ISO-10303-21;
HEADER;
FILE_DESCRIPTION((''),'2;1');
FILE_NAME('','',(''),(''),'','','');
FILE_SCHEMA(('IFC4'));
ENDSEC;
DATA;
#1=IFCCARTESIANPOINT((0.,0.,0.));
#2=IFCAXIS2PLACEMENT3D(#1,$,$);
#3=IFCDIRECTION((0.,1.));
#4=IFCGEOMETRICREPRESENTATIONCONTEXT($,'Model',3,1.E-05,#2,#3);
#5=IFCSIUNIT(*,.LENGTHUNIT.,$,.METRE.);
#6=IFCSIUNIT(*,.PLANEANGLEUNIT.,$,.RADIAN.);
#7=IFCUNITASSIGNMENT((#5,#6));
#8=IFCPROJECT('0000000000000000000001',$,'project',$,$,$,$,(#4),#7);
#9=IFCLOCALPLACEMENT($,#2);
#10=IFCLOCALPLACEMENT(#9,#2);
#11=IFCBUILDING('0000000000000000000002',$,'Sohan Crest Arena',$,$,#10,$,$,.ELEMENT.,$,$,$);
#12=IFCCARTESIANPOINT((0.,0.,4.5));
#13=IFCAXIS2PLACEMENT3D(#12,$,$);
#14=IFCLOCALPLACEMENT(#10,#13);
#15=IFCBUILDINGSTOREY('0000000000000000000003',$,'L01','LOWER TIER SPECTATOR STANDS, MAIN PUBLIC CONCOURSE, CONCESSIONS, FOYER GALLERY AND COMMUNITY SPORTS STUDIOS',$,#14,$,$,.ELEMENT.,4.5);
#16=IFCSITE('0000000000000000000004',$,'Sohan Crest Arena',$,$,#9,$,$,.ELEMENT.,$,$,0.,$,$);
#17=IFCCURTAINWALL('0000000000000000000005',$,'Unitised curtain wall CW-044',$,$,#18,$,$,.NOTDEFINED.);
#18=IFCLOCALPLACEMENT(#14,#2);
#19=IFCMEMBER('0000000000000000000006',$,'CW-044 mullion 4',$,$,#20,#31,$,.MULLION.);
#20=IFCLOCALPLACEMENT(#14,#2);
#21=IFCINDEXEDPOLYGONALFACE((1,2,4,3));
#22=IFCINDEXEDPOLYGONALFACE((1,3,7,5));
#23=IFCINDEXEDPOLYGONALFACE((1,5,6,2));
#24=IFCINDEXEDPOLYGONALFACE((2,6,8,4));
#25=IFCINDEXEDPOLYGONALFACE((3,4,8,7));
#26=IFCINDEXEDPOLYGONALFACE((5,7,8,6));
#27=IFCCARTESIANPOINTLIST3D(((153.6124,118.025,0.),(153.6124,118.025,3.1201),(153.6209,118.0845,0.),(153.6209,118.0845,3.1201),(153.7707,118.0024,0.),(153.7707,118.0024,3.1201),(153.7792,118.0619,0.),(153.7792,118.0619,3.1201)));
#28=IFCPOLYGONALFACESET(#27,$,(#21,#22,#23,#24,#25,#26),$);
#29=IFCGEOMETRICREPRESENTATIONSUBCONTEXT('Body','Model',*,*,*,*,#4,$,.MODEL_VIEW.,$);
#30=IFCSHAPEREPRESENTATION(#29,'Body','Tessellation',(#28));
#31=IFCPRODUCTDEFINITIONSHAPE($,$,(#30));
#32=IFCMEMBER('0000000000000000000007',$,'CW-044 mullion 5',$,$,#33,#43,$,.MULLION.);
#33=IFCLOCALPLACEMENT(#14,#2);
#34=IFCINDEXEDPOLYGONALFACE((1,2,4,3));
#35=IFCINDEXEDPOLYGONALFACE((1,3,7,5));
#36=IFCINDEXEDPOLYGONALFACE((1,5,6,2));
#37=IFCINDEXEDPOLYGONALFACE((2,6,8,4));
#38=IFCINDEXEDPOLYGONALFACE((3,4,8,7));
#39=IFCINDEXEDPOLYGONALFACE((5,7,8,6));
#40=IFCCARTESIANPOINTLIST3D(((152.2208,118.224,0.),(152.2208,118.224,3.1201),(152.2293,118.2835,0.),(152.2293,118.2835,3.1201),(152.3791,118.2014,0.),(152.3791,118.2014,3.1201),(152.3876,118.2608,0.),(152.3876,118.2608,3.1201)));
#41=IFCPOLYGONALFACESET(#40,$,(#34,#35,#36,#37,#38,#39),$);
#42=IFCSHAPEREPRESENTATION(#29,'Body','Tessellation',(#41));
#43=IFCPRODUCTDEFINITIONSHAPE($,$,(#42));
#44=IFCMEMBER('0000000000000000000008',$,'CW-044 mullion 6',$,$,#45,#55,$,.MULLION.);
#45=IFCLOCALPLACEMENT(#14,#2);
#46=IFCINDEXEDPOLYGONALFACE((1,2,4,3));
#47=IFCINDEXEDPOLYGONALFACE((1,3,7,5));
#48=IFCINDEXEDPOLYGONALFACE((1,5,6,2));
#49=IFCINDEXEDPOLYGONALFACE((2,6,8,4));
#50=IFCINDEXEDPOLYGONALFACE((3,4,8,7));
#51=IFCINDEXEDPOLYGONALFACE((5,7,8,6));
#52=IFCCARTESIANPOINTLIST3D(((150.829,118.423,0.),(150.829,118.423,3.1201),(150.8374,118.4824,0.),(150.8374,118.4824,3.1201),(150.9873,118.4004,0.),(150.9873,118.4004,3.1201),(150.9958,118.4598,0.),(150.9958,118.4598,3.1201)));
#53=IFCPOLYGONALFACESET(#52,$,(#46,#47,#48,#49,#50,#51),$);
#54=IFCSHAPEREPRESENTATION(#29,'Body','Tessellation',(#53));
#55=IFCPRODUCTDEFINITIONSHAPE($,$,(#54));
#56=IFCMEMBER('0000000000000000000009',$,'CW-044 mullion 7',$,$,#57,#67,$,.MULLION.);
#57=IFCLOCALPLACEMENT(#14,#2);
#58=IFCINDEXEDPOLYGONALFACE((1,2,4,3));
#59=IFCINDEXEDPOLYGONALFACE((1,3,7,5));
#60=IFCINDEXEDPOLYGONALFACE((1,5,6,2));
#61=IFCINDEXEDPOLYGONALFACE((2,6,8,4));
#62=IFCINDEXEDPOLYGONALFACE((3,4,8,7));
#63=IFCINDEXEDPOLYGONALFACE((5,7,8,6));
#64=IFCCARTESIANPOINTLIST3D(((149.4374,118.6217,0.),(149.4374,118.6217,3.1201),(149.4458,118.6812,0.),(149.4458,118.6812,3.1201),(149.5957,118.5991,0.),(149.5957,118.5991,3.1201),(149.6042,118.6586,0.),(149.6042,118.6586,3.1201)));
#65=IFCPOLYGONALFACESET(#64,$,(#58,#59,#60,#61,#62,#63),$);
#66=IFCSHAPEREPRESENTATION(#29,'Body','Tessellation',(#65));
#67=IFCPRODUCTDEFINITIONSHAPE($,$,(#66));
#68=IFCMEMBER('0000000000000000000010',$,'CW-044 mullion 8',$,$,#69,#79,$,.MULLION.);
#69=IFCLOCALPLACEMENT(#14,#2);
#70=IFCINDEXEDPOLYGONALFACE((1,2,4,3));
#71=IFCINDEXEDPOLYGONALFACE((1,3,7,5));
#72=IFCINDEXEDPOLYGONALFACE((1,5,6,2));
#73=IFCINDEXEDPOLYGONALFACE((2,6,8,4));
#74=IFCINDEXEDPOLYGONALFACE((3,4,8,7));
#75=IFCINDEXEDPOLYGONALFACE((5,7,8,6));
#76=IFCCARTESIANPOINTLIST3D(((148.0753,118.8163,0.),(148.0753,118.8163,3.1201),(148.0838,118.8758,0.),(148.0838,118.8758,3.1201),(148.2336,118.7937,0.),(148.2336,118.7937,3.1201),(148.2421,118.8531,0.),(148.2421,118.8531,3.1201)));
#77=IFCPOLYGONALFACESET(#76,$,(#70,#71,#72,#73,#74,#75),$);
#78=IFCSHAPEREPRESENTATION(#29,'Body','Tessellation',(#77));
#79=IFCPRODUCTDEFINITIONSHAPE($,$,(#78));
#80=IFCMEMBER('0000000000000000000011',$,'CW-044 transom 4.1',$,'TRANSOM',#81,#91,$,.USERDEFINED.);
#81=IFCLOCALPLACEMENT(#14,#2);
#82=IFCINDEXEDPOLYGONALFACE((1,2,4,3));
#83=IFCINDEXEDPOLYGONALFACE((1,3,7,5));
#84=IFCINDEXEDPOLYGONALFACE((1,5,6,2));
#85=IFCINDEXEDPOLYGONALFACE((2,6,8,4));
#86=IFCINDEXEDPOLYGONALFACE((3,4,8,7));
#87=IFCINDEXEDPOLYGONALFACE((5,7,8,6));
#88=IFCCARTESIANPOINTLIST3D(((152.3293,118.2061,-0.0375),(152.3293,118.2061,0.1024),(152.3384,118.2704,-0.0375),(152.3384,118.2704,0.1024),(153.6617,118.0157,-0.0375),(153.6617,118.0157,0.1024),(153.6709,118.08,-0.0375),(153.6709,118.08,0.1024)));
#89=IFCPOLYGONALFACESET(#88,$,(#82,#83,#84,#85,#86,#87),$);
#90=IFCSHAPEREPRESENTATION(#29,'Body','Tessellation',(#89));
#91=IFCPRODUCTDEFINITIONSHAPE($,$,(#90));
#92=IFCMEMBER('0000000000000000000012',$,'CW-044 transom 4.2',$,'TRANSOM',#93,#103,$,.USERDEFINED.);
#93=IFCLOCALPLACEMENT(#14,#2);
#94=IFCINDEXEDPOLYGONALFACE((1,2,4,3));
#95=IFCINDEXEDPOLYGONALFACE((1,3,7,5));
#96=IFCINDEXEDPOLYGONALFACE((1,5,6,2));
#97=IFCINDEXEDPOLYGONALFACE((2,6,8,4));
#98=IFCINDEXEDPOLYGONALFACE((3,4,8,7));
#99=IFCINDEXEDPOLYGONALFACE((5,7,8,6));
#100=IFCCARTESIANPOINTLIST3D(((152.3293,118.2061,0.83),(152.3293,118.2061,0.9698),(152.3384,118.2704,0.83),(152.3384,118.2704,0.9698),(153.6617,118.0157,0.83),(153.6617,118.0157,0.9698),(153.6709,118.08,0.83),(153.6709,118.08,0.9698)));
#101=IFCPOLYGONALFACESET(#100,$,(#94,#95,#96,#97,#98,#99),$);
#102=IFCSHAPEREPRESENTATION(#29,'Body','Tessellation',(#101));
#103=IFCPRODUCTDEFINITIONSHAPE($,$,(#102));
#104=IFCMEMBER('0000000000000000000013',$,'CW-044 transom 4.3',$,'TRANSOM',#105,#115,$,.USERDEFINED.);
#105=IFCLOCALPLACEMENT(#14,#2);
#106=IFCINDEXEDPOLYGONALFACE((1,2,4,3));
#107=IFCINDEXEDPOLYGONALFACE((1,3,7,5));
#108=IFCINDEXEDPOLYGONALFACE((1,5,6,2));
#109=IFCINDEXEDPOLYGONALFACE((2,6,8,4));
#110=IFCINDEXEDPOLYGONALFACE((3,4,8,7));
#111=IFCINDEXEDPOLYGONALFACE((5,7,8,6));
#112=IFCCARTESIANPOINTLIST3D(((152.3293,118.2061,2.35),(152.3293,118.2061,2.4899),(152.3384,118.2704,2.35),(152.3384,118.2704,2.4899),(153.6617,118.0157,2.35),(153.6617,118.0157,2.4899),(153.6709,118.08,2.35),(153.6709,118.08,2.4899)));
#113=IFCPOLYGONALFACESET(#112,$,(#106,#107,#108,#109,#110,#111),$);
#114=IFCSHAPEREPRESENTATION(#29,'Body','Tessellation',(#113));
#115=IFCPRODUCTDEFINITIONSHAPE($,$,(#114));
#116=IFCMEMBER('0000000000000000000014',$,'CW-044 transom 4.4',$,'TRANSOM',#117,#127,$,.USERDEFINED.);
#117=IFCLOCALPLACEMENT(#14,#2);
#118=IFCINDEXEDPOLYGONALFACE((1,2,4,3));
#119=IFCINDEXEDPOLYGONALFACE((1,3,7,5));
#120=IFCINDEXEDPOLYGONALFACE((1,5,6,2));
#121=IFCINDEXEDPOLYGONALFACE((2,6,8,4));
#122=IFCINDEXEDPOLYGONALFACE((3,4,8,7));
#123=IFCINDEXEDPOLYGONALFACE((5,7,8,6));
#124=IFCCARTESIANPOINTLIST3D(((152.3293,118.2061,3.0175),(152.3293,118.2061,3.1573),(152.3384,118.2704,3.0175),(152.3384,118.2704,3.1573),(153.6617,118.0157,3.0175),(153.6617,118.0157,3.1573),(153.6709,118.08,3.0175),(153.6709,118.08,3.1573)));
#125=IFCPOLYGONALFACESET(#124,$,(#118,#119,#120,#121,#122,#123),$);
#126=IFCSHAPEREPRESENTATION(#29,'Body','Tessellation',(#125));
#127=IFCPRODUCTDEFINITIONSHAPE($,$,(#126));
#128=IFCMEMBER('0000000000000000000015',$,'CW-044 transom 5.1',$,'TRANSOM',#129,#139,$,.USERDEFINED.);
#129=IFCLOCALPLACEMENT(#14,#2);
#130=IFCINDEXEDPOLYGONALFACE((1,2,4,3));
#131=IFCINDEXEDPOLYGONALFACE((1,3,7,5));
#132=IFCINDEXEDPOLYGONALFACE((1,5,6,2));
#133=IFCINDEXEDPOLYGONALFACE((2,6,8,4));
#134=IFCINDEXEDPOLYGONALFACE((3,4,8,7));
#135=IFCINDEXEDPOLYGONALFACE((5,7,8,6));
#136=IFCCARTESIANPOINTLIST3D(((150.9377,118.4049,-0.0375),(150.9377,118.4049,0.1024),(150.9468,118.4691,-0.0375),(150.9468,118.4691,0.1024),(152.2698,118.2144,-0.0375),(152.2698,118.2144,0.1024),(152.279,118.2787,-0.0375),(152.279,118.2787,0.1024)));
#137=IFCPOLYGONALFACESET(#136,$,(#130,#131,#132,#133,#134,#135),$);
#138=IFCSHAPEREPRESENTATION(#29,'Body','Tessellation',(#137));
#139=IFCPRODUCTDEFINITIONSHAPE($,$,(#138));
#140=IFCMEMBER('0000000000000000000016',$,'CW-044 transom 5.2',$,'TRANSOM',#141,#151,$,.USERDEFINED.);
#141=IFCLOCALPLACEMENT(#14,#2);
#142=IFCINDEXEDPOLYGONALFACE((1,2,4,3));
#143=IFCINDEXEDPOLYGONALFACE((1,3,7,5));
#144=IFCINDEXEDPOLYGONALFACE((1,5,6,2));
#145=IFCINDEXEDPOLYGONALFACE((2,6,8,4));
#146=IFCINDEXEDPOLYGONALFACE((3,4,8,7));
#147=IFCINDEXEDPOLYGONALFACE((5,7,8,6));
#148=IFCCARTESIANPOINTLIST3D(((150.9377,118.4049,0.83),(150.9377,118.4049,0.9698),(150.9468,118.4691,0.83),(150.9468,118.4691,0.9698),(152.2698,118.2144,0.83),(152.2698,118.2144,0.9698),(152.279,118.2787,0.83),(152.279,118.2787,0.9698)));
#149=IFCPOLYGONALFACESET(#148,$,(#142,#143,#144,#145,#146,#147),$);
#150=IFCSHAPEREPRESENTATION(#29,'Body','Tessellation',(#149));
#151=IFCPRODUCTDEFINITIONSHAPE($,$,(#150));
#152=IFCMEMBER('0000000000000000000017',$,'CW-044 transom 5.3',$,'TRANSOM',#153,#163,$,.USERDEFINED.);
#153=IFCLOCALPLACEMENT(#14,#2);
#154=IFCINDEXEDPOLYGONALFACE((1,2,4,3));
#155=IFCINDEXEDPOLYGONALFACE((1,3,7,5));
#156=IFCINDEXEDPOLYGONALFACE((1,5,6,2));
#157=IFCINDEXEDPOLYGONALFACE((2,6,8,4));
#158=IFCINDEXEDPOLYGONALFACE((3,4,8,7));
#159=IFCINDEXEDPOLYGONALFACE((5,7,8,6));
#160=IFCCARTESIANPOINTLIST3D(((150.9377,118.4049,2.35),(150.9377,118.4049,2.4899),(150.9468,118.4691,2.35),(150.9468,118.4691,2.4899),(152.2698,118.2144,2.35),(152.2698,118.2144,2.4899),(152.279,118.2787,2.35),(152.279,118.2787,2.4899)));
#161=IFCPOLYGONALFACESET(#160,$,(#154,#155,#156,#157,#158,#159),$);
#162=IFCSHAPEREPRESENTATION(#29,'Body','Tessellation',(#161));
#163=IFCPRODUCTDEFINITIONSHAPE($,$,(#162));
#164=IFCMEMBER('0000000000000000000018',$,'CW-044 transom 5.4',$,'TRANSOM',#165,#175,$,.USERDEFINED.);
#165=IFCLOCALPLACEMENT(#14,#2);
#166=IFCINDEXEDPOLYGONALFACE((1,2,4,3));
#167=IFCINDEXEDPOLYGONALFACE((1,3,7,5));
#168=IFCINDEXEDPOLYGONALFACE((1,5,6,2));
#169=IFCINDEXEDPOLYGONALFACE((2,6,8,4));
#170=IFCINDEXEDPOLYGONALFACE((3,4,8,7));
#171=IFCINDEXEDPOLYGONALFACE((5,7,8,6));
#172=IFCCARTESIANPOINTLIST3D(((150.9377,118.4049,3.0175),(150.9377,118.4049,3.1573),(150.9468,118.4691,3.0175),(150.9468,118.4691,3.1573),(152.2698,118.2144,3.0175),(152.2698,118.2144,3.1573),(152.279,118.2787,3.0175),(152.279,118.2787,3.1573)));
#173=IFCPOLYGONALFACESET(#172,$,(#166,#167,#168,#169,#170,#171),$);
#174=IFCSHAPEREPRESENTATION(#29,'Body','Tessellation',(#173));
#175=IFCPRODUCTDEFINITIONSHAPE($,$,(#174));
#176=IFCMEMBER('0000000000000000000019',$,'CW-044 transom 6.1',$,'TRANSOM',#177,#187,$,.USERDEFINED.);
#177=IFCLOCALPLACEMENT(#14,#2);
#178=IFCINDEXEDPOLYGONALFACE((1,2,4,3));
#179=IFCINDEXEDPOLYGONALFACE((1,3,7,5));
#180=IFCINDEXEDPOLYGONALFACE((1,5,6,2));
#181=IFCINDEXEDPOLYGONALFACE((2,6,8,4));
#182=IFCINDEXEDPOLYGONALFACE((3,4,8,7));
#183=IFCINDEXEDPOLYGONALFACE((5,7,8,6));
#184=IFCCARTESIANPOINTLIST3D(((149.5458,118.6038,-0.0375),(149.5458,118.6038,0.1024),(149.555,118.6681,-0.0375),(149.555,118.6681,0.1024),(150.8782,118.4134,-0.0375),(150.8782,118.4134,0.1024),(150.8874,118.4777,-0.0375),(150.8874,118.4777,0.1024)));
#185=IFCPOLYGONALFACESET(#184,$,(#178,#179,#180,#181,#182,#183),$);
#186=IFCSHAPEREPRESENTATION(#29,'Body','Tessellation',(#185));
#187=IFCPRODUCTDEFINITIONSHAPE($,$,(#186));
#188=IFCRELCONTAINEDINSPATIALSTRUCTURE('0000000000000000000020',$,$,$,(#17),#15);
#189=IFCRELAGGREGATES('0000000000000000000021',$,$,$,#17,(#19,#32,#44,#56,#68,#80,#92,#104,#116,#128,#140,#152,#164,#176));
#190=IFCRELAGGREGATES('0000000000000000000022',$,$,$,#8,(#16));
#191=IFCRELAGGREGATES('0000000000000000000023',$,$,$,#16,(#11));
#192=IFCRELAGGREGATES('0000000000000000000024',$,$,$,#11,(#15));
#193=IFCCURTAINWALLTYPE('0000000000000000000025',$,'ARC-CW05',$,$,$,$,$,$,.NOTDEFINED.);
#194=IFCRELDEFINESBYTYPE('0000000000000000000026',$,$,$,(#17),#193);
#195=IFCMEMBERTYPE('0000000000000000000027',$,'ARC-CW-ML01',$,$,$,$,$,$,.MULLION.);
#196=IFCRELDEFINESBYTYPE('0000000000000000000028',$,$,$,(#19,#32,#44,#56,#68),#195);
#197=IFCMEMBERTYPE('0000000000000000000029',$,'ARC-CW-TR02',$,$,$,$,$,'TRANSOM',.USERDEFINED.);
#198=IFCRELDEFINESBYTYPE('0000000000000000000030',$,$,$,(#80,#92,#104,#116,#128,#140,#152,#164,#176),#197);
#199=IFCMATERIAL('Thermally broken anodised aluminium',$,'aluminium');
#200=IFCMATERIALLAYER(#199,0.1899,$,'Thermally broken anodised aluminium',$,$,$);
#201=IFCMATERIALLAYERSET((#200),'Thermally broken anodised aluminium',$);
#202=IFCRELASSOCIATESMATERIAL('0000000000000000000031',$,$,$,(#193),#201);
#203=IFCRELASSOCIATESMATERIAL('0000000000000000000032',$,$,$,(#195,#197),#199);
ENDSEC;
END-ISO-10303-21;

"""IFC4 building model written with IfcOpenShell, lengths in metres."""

from ifc_helpers import new_model, si_unit, direction, frame, origin, origin_2d, place, context, subcontext, project, spatial, rectangle, extrude, material, layer, layer_set, material_profile, profile_set, type_object, element, aggregate, save


model = new_model("IFC4")

# Units and contexts
model_context = context("Model", 3, precision=1e-05, world=origin(), true_north=direction((0.0, 1.0)))
body_context = subcontext(model_context, "Body", "Model", "MODEL_VIEW")
ifc_project = project(units=[si_unit("LENGTHUNIT", "METRE"), si_unit("PLANEANGLEUNIT", "RADIAN")], contexts=[model_context])

# Site, building, storey
site_placement = place(None, origin())
site = spatial("IfcSite", under=ifc_project, at=site_placement, Name="Sohan Crest Arena", CompositionType="ELEMENT", RefElevation=0.0)
building_placement = place(site_placement, origin())
building = spatial("IfcBuilding", under=site, at=building_placement, Name="Sohan Crest Arena", CompositionType="ELEMENT")
storey_placement = place(building_placement, frame((0.0, 0.0, 4.5)))
storey = spatial("IfcBuildingStorey", under=building, at=storey_placement, Name="L01", Description="LOWER TIER SPECTATOR STANDS, MAIN PUBLIC CONCOURSE, CONCESSIONS, FOYER GALLERY AND COMMUNITY SPORTS STUDIOS", CompositionType="ELEMENT", Elevation=4.5)

# Curtain wall, members
ifc_material_1 = material(Name="Thermally broken anodised aluminium", Category="aluminium")
ifc_layer_1 = layer(ifc_material_1, 0.1899, Name="Thermally broken anodised aluminium")
ifc_layer_set_1 = layer_set([ifc_layer_1], Name="Thermally broken anodised aluminium")
curtain_wall_type = type_object("IfcCurtainWallType", Name="ARC-CW05", PredefinedType="NOTDEFINED", material=ifc_layer_set_1)
curtain_wall_placement = place(storey_placement, origin())
curtain_wall = element("IfcCurtainWall", 1, at=curtain_wall_placement, inside=storey, type_object=curtain_wall_type, Name="Unitised curtain wall CW-044", PredefinedType="NOTDEFINED")
ifc_material_profile_1 = material_profile(ifc_material_1, rectangle(XDim=0.0601, YDim=0.1599, at=origin_2d()), Name="ALU-MULL 60x160")
ifc_profile_set_1 = profile_set([ifc_material_profile_1], Name="Thermally broken anodised aluminium")
member_type_1 = type_object("IfcMemberType", Name="ARC-CW-ML01", PredefinedType="MULLION", material=ifc_profile_set_1)
member_1_placement = place(storey_placement, frame((153.6958, 118.0435, 0.0), z_axis=(0.0, 0.0, 1.0), x_axis=(-0.14145, -0.989945, 0.0)))
member_1 = element("IfcMember", 2, at=member_1_placement, type_object=member_type_1, Name="CW-044 mullion 4", PredefinedType="MULLION", context=body_context, shape_type="SweptSolid", body=[
    extrude(rectangle(XDim=0.0601, YDim=0.1599, at=origin_2d()), origin(), (0.0, 0.0, 1.0), 3.1201),
])
member_2_placement = place(storey_placement, frame((152.3042, 118.2424, 0.0), z_axis=(0.0, 0.0, 1.0), x_axis=(-0.14145, -0.989945, 0.0)))
member_2 = element("IfcMember", 3, at=member_2_placement, type_object=member_type_1, Name="CW-044 mullion 5", PredefinedType="MULLION", context=body_context, shape_type="SweptSolid", body=[
    extrude(rectangle(XDim=0.0601, YDim=0.1599, at=origin_2d()), origin(), (0.0, 0.0, 1.0), 3.1201),
])
member_3_placement = place(storey_placement, frame((150.9124, 118.4414, 0.0), z_axis=(0.0, 0.0, 1.0), x_axis=(-0.14145, -0.989945, 0.0)))
member_3 = element("IfcMember", 4, at=member_3_placement, type_object=member_type_1, Name="CW-044 mullion 6", PredefinedType="MULLION", context=body_context, shape_type="SweptSolid", body=[
    extrude(rectangle(XDim=0.0601, YDim=0.1599, at=origin_2d()), origin(), (0.0, 0.0, 1.0), 3.1201),
])
member_4_placement = place(storey_placement, frame((149.5208, 118.6401, 0.0), z_axis=(0.0, 0.0, 1.0), x_axis=(-0.14145, -0.989945, 0.0)))
member_4 = element("IfcMember", 5, at=member_4_placement, type_object=member_type_1, Name="CW-044 mullion 7", PredefinedType="MULLION", context=body_context, shape_type="SweptSolid", body=[
    extrude(rectangle(XDim=0.0601, YDim=0.1599, at=origin_2d()), origin(), (0.0, 0.0, 1.0), 3.1201),
])
member_5_placement = place(storey_placement, frame((148.1587, 118.8347, 0.0), z_axis=(0.0, 0.0, 1.0), x_axis=(-0.14145, -0.989945, 0.0)))
member_5 = element("IfcMember", 6, at=member_5_placement, type_object=member_type_1, Name="CW-044 mullion 8", PredefinedType="MULLION", context=body_context, shape_type="SweptSolid", body=[
    extrude(rectangle(XDim=0.0601, YDim=0.1599, at=origin_2d()), origin(), (0.0, 0.0, 1.0), 3.1201),
])
ifc_material_profile_2 = material_profile(ifc_material_1, rectangle(XDim=0.0649, YDim=0.1399, at=origin_2d()), Name="ALU-TRAN 65x140")
ifc_profile_set_2 = profile_set([ifc_material_profile_2], Name="Thermally broken anodised aluminium")
member_type_2 = type_object("IfcMemberType", Name="ARC-CW-TR02", ElementType="TRANSOM", PredefinedType="USERDEFINED", material=ifc_profile_set_2)
member_6_placement = place(storey_placement, frame((153.6663, 118.0479, 0.0325), z_axis=(-0.989942, 0.141472, 0.0), x_axis=(-0.141472, -0.989942, 0.0)))
member_6 = element("IfcMember", 7, at=member_6_placement, type_object=member_type_2, Name="CW-044 transom 4.1", ObjectType="TRANSOM", PredefinedType="USERDEFINED", context=body_context, shape_type="SweptSolid", body=[
    extrude(rectangle(XDim=0.0649, YDim=0.1399, at=origin_2d()), origin(), (0.0, 0.0, 1.0), 1.3459),
])
member_7_placement = place(storey_placement, frame((153.6663, 118.0479, 0.8999), z_axis=(-0.989942, 0.141472, 0.0), x_axis=(-0.141472, -0.989942, 0.0)))
member_7 = element("IfcMember", 8, at=member_7_placement, type_object=member_type_2, Name="CW-044 transom 4.2", ObjectType="TRANSOM", PredefinedType="USERDEFINED", context=body_context, shape_type="SweptSolid", body=[
    extrude(rectangle(XDim=0.0649, YDim=0.1399, at=origin_2d()), origin(), (0.0, 0.0, 1.0), 1.3459),
])
member_8_placement = place(storey_placement, frame((153.6663, 118.0479, 2.4199), z_axis=(-0.989942, 0.141472, 0.0), x_axis=(-0.141472, -0.989942, 0.0)))
member_8 = element("IfcMember", 9, at=member_8_placement, type_object=member_type_2, Name="CW-044 transom 4.3", ObjectType="TRANSOM", PredefinedType="USERDEFINED", context=body_context, shape_type="SweptSolid", body=[
    extrude(rectangle(XDim=0.0649, YDim=0.1399, at=origin_2d()), origin(), (0.0, 0.0, 1.0), 1.3459),
])
member_9_placement = place(storey_placement, frame((153.6663, 118.0479, 3.0874), z_axis=(-0.989942, 0.141472, 0.0), x_axis=(-0.141472, -0.989942, 0.0)))
member_9 = element("IfcMember", 10, at=member_9_placement, type_object=member_type_2, Name="CW-044 transom 4.4", ObjectType="TRANSOM", PredefinedType="USERDEFINED", context=body_context, shape_type="SweptSolid", body=[
    extrude(rectangle(XDim=0.0649, YDim=0.1399, at=origin_2d()), origin(), (0.0, 0.0, 1.0), 1.3459),
])
member_10_placement = place(storey_placement, frame((152.2744, 118.2466, 0.0325), z_axis=(-0.989939, 0.141498, 0.0), x_axis=(-0.141498, -0.989939, 0.0)))
member_10 = element("IfcMember", 11, at=member_10_placement, type_object=member_type_2, Name="CW-044 transom 5.1", ObjectType="TRANSOM", PredefinedType="USERDEFINED", context=body_context, shape_type="SweptSolid", body=[
    extrude(rectangle(XDim=0.0649, YDim=0.1399, at=origin_2d()), origin(), (0.0, 0.0, 1.0), 1.3457),
])
member_11_placement = place(storey_placement, frame((152.2744, 118.2466, 0.8999), z_axis=(-0.989939, 0.141498, 0.0), x_axis=(-0.141498, -0.989939, 0.0)))
member_11 = element("IfcMember", 12, at=member_11_placement, type_object=member_type_2, Name="CW-044 transom 5.2", ObjectType="TRANSOM", PredefinedType="USERDEFINED", context=body_context, shape_type="SweptSolid", body=[
    extrude(rectangle(XDim=0.0649, YDim=0.1399, at=origin_2d()), origin(), (0.0, 0.0, 1.0), 1.3457),
])
member_12_placement = place(storey_placement, frame((152.2744, 118.2466, 2.4199), z_axis=(-0.989939, 0.141498, 0.0), x_axis=(-0.141498, -0.989939, 0.0)))
member_12 = element("IfcMember", 13, at=member_12_placement, type_object=member_type_2, Name="CW-044 transom 5.3", ObjectType="TRANSOM", PredefinedType="USERDEFINED", context=body_context, shape_type="SweptSolid", body=[
    extrude(rectangle(XDim=0.0649, YDim=0.1399, at=origin_2d()), origin(), (0.0, 0.0, 1.0), 1.3457),
])
member_13_placement = place(storey_placement, frame((152.2744, 118.2466, 3.0874), z_axis=(-0.989939, 0.141498, 0.0), x_axis=(-0.141498, -0.989939, 0.0)))
member_13 = element("IfcMember", 14, at=member_13_placement, type_object=member_type_2, Name="CW-044 transom 5.4", ObjectType="TRANSOM", PredefinedType="USERDEFINED", context=body_context, shape_type="SweptSolid", body=[
    extrude(rectangle(XDim=0.0649, YDim=0.1399, at=origin_2d()), origin(), (0.0, 0.0, 1.0), 1.3457),
])
member_14_placement = place(storey_placement, frame((150.8828, 118.4456, 0.0325), z_axis=(-0.989942, 0.141472, 0.0), x_axis=(-0.141472, -0.989942, 0.0)))
member_14 = element("IfcMember", 15, at=member_14_placement, type_object=member_type_2, Name="CW-044 transom 6.1", ObjectType="TRANSOM", PredefinedType="USERDEFINED", context=body_context, shape_type="SweptSolid", body=[
    extrude(rectangle(XDim=0.0649, YDim=0.1399, at=origin_2d()), origin(), (0.0, 0.0, 1.0), 1.3459),
])
aggregate(curtain_wall, [member_1, member_2, member_3, member_4, member_5, member_6, member_7, member_8, member_9, member_10, member_11, member_12, member_13, member_14])

save(model, "model.ifc")
